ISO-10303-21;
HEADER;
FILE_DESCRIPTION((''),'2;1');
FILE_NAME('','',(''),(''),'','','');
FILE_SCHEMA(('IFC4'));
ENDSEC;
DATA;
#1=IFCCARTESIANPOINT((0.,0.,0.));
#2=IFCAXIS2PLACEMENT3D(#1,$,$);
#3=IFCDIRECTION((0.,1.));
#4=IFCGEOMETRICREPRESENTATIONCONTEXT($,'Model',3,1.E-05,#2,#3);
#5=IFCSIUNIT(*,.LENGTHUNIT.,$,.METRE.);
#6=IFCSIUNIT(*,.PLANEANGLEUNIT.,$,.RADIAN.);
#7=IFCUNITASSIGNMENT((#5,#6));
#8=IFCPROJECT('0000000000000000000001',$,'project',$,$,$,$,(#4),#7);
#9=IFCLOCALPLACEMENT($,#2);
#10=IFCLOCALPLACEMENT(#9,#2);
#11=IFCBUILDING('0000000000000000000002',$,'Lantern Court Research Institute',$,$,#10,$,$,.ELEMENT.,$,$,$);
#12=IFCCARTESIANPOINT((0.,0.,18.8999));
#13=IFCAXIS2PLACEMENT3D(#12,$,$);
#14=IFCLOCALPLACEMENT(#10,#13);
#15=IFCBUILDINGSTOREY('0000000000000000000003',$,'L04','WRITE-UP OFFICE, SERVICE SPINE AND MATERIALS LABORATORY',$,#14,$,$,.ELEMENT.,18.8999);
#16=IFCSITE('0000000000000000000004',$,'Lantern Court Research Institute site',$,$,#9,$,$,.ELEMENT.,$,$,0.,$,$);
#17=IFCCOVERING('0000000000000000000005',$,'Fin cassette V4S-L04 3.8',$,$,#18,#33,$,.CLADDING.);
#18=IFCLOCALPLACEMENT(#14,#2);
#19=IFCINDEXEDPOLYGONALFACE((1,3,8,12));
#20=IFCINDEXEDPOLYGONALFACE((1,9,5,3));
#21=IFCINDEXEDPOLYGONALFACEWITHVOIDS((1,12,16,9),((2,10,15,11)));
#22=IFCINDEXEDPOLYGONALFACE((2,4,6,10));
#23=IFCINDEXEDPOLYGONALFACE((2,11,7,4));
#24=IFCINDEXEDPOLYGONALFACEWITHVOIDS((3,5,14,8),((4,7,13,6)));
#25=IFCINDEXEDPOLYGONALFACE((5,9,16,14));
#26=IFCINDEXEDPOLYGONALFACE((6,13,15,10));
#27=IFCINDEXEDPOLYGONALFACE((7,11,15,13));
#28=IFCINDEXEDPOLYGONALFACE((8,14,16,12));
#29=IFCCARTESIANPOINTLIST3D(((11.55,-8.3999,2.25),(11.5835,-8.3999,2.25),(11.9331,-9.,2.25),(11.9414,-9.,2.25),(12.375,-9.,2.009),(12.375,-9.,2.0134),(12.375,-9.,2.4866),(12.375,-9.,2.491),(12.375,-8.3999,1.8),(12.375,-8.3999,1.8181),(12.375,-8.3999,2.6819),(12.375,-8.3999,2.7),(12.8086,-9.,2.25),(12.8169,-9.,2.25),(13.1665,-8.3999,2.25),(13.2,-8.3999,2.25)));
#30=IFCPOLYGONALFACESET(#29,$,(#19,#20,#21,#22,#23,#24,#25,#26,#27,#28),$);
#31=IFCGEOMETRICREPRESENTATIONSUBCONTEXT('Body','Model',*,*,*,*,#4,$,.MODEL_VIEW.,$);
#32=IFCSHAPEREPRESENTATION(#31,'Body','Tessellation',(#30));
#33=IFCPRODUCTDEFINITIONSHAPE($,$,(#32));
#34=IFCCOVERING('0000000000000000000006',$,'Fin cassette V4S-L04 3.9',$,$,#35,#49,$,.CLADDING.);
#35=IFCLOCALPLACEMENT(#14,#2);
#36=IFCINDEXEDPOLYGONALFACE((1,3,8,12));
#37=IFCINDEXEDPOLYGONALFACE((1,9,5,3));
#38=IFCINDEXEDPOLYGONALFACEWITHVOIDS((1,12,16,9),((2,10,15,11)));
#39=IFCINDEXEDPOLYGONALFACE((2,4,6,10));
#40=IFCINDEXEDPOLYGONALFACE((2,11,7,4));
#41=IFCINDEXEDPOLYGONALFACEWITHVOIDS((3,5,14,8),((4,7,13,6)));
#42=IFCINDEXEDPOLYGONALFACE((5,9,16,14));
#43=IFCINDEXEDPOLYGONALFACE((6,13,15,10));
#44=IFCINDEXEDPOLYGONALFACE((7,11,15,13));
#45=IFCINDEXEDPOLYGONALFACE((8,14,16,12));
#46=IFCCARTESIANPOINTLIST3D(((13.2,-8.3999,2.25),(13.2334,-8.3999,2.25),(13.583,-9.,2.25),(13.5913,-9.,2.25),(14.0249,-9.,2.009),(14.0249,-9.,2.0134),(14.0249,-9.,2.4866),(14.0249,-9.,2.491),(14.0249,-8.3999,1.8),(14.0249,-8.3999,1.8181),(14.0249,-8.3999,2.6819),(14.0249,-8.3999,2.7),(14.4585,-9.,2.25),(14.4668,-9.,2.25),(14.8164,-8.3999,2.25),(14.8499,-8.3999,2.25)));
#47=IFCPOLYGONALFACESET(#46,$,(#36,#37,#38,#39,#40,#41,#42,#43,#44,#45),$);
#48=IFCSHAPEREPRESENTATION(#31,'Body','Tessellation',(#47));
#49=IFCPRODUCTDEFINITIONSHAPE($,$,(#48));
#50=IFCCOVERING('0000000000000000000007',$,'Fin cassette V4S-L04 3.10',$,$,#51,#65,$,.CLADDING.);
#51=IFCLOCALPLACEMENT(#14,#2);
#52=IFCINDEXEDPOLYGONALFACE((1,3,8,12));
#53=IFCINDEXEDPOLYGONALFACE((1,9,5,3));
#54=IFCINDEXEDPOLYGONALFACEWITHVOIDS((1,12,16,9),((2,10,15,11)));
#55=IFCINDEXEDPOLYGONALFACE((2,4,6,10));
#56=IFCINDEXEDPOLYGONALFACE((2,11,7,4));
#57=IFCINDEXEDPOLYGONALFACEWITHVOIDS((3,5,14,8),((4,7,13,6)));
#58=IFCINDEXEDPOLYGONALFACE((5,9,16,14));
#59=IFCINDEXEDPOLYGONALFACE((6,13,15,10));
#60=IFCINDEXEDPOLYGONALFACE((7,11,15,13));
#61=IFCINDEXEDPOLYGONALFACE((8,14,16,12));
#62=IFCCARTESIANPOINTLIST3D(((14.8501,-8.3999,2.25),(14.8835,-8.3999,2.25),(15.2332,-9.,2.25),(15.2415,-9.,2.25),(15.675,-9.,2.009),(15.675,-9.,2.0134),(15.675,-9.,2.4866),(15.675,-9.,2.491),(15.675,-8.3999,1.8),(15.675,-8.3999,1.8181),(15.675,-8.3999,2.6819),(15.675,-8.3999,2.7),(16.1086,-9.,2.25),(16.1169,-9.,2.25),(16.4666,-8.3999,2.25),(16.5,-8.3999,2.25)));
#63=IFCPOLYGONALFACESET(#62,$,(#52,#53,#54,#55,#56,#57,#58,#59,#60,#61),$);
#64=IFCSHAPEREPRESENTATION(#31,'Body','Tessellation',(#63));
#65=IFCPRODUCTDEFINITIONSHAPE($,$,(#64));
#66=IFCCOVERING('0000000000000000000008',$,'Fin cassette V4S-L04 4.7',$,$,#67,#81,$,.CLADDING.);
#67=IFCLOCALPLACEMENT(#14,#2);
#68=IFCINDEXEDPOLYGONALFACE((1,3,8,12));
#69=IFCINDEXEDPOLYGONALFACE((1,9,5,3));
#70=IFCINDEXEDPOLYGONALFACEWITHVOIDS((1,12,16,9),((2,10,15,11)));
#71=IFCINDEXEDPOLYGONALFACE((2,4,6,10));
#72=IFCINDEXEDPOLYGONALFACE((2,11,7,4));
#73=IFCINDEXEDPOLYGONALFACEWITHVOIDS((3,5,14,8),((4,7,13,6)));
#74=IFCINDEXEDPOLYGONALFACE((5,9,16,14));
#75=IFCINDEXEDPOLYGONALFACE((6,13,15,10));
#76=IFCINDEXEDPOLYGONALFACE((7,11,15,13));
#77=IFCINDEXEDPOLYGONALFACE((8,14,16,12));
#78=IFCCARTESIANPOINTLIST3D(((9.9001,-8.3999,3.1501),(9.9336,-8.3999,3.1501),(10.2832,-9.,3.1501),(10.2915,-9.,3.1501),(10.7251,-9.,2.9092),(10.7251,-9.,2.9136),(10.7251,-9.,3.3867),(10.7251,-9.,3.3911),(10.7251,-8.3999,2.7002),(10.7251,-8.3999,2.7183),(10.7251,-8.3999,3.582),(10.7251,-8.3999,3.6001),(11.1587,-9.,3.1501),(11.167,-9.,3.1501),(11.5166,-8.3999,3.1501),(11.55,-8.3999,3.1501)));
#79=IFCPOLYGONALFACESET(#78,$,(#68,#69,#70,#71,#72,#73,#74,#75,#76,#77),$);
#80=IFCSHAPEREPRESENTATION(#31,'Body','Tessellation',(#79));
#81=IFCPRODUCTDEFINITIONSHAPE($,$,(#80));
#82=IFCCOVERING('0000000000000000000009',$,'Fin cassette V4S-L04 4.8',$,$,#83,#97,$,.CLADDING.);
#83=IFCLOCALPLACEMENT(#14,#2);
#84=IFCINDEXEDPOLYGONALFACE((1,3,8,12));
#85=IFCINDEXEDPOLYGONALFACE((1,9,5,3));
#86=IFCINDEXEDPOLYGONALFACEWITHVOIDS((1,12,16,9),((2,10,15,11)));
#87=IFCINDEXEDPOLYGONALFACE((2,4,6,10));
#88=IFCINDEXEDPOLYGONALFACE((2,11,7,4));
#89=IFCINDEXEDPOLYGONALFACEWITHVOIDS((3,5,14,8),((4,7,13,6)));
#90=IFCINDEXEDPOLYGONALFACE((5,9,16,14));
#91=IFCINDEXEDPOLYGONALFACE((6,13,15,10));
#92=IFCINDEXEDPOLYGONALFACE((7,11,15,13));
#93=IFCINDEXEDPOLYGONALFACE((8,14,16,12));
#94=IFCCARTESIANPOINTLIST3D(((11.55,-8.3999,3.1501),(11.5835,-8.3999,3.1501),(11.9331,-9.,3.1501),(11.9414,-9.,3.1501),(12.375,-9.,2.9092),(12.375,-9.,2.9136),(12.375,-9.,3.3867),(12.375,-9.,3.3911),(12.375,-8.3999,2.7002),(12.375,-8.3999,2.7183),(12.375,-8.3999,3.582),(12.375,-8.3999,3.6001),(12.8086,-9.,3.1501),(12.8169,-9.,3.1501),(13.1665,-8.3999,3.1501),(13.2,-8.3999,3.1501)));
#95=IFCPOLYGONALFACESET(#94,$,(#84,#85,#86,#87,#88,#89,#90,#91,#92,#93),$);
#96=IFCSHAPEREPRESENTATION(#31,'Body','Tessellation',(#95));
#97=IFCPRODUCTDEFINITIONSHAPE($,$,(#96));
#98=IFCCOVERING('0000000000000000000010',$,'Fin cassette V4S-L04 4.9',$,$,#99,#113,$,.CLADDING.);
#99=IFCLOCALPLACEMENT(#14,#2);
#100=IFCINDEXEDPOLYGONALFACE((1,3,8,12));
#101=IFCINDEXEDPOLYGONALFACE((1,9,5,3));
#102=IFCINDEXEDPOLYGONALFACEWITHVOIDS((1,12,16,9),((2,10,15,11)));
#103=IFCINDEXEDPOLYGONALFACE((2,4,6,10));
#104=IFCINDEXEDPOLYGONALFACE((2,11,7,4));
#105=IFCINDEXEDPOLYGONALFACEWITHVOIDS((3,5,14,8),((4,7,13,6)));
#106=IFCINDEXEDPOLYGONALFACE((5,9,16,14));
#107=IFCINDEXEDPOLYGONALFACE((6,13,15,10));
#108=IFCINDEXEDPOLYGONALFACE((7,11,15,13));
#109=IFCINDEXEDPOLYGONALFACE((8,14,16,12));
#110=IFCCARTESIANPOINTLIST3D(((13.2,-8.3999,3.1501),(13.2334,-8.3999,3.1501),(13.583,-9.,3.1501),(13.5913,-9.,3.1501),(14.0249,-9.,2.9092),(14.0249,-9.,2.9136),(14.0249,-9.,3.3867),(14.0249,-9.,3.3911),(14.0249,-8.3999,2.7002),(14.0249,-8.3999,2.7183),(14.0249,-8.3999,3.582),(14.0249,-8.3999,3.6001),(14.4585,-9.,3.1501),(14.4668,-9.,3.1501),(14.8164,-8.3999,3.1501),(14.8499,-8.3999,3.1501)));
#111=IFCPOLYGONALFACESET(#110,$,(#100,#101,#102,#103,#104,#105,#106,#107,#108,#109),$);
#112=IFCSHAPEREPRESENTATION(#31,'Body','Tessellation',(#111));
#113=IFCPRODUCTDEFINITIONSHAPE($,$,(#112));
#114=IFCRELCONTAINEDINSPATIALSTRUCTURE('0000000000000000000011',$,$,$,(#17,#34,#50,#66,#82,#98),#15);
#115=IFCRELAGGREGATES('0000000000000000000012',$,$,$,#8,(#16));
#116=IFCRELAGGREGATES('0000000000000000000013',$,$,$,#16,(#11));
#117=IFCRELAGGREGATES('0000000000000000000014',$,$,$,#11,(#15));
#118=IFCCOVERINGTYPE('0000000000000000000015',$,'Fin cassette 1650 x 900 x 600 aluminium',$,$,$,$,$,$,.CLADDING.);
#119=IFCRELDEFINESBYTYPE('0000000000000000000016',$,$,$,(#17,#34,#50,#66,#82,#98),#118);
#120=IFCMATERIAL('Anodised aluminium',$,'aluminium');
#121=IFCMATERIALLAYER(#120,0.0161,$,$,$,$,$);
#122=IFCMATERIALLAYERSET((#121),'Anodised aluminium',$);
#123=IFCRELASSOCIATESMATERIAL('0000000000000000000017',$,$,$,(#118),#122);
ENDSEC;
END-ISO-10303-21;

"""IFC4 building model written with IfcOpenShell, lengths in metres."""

from ifc_helpers import new_model, entity, si_unit, direction, frame, origin, place, context, subcontext, project, spatial, material, layer, layer_set, type_object, element, save


model = new_model("IFC4")

# Units and contexts
model_context = context("Model", 3, precision=1e-05, world=origin(), true_north=direction((0.0, 1.0)))
body_context = subcontext(model_context, "Body", "Model", "MODEL_VIEW")
ifc_project = project(units=[si_unit("LENGTHUNIT", "METRE"), si_unit("PLANEANGLEUNIT", "RADIAN")], contexts=[model_context])

# Site, building, storey
site_placement = place(None, origin())
site = spatial("IfcSite", under=ifc_project, at=site_placement, Name="Lantern Court Research Institute site", CompositionType="ELEMENT", RefElevation=0.0)
building_placement = place(site_placement, origin())
building = spatial("IfcBuilding", under=site, at=building_placement, Name="Lantern Court Research Institute", CompositionType="ELEMENT")
storey_placement = place(building_placement, frame((0.0, 0.0, 18.8999)))
storey = spatial("IfcBuildingStorey", under=building, at=storey_placement, Name="L04", Description="WRITE-UP OFFICE, SERVICE SPINE AND MATERIALS LABORATORY", CompositionType="ELEMENT", Elevation=18.8999)

# Coverings
ifc_material_1 = material(Name="Anodised aluminium", Category="aluminium")
ifc_layer_1 = layer(ifc_material_1, 0.0161)
ifc_layer_set_1 = layer_set([ifc_layer_1], Name="Anodised aluminium")
covering_type = type_object("IfcCoveringType", Name="Fin cassette 1650 x 900 x 600 aluminium", PredefinedType="CLADDING", material=ifc_layer_set_1)
covering_1_placement = place(storey_placement, frame((12.375, -8.3999, 2.25), z_axis=(0.0, -1.0, 0.0), x_axis=(1.0, 0.0, 0.0)))
cartesian_point_1 = entity("IfcCartesianPoint", [0.825, 0.0])
cartesian_point_2 = entity("IfcCartesianPoint", [0.7915, 0.0])
cartesian_point_3 = entity("IfcCartesianPoint", [0.4419, 0.0])
cartesian_point_4 = entity("IfcCartesianPoint", [0.4336, 0.0])
element("IfcCovering", 1, at=covering_1_placement, inside=storey, type_object=covering_type, Name="Fin cassette V4S-L04 3.8", PredefinedType="CLADDING", context=body_context, shape_type="SweptSolid", body=[
    entity("IfcExtrudedAreaSolidTapered", entity("IfcArbitraryProfileDefWithVoids", "AREA", None, entity("IfcPolyline", [cartesian_point_1, entity("IfcCartesianPoint", [0.0, 0.45]), entity("IfcCartesianPoint", [-0.825, 0.0]), entity("IfcCartesianPoint", [0.0, -0.45]), cartesian_point_1]), [entity("IfcPolyline", [cartesian_point_2, entity("IfcCartesianPoint", [0.0, 0.4319]), entity("IfcCartesianPoint", [-0.7915, 0.0]), entity("IfcCartesianPoint", [0.0, -0.4319]), cartesian_point_2])]), entity("IfcAxis2Placement3D", entity("IfcCartesianPoint", [0.0, 0.0, 0.0])), entity("IfcDirection", [0.0, 0.0, 1.0]), 0.6001, entity("IfcArbitraryProfileDefWithVoids", "AREA", None, entity("IfcPolyline", [cartesian_point_3, entity("IfcCartesianPoint", [0.0, 0.241]), entity("IfcCartesianPoint", [-0.4419, 0.0]), entity("IfcCartesianPoint", [0.0, -0.241]), cartesian_point_3]), [entity("IfcPolyline", [cartesian_point_4, entity("IfcCartesianPoint", [0.0, 0.2366]), entity("IfcCartesianPoint", [-0.4336, 0.0]), entity("IfcCartesianPoint", [0.0, -0.2366]), cartesian_point_4])])),
])
covering_2_placement = place(storey_placement, frame((14.0249, -8.3999, 2.25), z_axis=(0.0, -1.0, 0.0), x_axis=(1.0, 0.0, 0.0)))
cartesian_point_5 = entity("IfcCartesianPoint", [0.825, 0.0])
cartesian_point_6 = entity("IfcCartesianPoint", [0.7915, 0.0])
cartesian_point_7 = entity("IfcCartesianPoint", [0.4419, 0.0])
cartesian_point_8 = entity("IfcCartesianPoint", [0.4336, 0.0])
element("IfcCovering", 2, at=covering_2_placement, inside=storey, type_object=covering_type, Name="Fin cassette V4S-L04 3.9", PredefinedType="CLADDING", context=body_context, shape_type="SweptSolid", body=[
    entity("IfcExtrudedAreaSolidTapered", entity("IfcArbitraryProfileDefWithVoids", "AREA", None, entity("IfcPolyline", [cartesian_point_5, entity("IfcCartesianPoint", [0.0, 0.45]), entity("IfcCartesianPoint", [-0.825, 0.0]), entity("IfcCartesianPoint", [0.0, -0.45]), cartesian_point_5]), [entity("IfcPolyline", [cartesian_point_6, entity("IfcCartesianPoint", [0.0, 0.4319]), entity("IfcCartesianPoint", [-0.7915, 0.0]), entity("IfcCartesianPoint", [0.0, -0.4319]), cartesian_point_6])]), entity("IfcAxis2Placement3D", entity("IfcCartesianPoint", [0.0, 0.0, 0.0])), entity("IfcDirection", [0.0, 0.0, 1.0]), 0.6001, entity("IfcArbitraryProfileDefWithVoids", "AREA", None, entity("IfcPolyline", [cartesian_point_7, entity("IfcCartesianPoint", [0.0, 0.241]), entity("IfcCartesianPoint", [-0.4419, 0.0]), entity("IfcCartesianPoint", [0.0, -0.241]), cartesian_point_7]), [entity("IfcPolyline", [cartesian_point_8, entity("IfcCartesianPoint", [0.0, 0.2366]), entity("IfcCartesianPoint", [-0.4336, 0.0]), entity("IfcCartesianPoint", [0.0, -0.2366]), cartesian_point_8])])),
])
covering_3_placement = place(storey_placement, frame((15.675, -8.3999, 2.25), z_axis=(0.0, -1.0, 0.0), x_axis=(1.0, 0.0, 0.0)))
cartesian_point_9 = entity("IfcCartesianPoint", [0.825, 0.0])
cartesian_point_10 = entity("IfcCartesianPoint", [0.7915, 0.0])
cartesian_point_11 = entity("IfcCartesianPoint", [0.4419, 0.0])
cartesian_point_12 = entity("IfcCartesianPoint", [0.4336, 0.0])
element("IfcCovering", 3, at=covering_3_placement, inside=storey, type_object=covering_type, Name="Fin cassette V4S-L04 3.10", PredefinedType="CLADDING", context=body_context, shape_type="SweptSolid", body=[
    entity("IfcExtrudedAreaSolidTapered", entity("IfcArbitraryProfileDefWithVoids", "AREA", None, entity("IfcPolyline", [cartesian_point_9, entity("IfcCartesianPoint", [0.0, 0.45]), entity("IfcCartesianPoint", [-0.825, 0.0]), entity("IfcCartesianPoint", [0.0, -0.45]), cartesian_point_9]), [entity("IfcPolyline", [cartesian_point_10, entity("IfcCartesianPoint", [0.0, 0.4319]), entity("IfcCartesianPoint", [-0.7915, 0.0]), entity("IfcCartesianPoint", [0.0, -0.4319]), cartesian_point_10])]), entity("IfcAxis2Placement3D", entity("IfcCartesianPoint", [0.0, 0.0, 0.0])), entity("IfcDirection", [0.0, 0.0, 1.0]), 0.6001, entity("IfcArbitraryProfileDefWithVoids", "AREA", None, entity("IfcPolyline", [cartesian_point_11, entity("IfcCartesianPoint", [0.0, 0.241]), entity("IfcCartesianPoint", [-0.4419, 0.0]), entity("IfcCartesianPoint", [0.0, -0.241]), cartesian_point_11]), [entity("IfcPolyline", [cartesian_point_12, entity("IfcCartesianPoint", [0.0, 0.2366]), entity("IfcCartesianPoint", [-0.4336, 0.0]), entity("IfcCartesianPoint", [0.0, -0.2366]), cartesian_point_12])])),
])
covering_4_placement = place(storey_placement, frame((10.7251, -8.3999, 3.1501), z_axis=(0.0, -1.0, 0.0), x_axis=(1.0, 0.0, 0.0)))
cartesian_point_13 = entity("IfcCartesianPoint", [0.825, 0.0])
cartesian_point_14 = entity("IfcCartesianPoint", [0.7915, 0.0])
cartesian_point_15 = entity("IfcCartesianPoint", [0.4419, 0.0])
cartesian_point_16 = entity("IfcCartesianPoint", [0.4336, 0.0])
element("IfcCovering", 4, at=covering_4_placement, inside=storey, type_object=covering_type, Name="Fin cassette V4S-L04 4.7", PredefinedType="CLADDING", context=body_context, shape_type="SweptSolid", body=[
    entity("IfcExtrudedAreaSolidTapered", entity("IfcArbitraryProfileDefWithVoids", "AREA", None, entity("IfcPolyline", [cartesian_point_13, entity("IfcCartesianPoint", [0.0, 0.45]), entity("IfcCartesianPoint", [-0.825, 0.0]), entity("IfcCartesianPoint", [0.0, -0.45]), cartesian_point_13]), [entity("IfcPolyline", [cartesian_point_14, entity("IfcCartesianPoint", [0.0, 0.4319]), entity("IfcCartesianPoint", [-0.7915, 0.0]), entity("IfcCartesianPoint", [0.0, -0.4319]), cartesian_point_14])]), entity("IfcAxis2Placement3D", entity("IfcCartesianPoint", [0.0, 0.0, 0.0])), entity("IfcDirection", [0.0, 0.0, 1.0]), 0.6001, entity("IfcArbitraryProfileDefWithVoids", "AREA", None, entity("IfcPolyline", [cartesian_point_15, entity("IfcCartesianPoint", [0.0, 0.241]), entity("IfcCartesianPoint", [-0.4419, 0.0]), entity("IfcCartesianPoint", [0.0, -0.241]), cartesian_point_15]), [entity("IfcPolyline", [cartesian_point_16, entity("IfcCartesianPoint", [0.0, 0.2366]), entity("IfcCartesianPoint", [-0.4336, 0.0]), entity("IfcCartesianPoint", [0.0, -0.2366]), cartesian_point_16])])),
])
covering_5_placement = place(storey_placement, frame((12.375, -8.3999, 3.1501), z_axis=(0.0, -1.0, 0.0), x_axis=(1.0, 0.0, 0.0)))
cartesian_point_17 = entity("IfcCartesianPoint", [0.825, 0.0])
cartesian_point_18 = entity("IfcCartesianPoint", [0.7915, 0.0])
cartesian_point_19 = entity("IfcCartesianPoint", [0.4419, 0.0])
cartesian_point_20 = entity("IfcCartesianPoint", [0.4336, 0.0])
element("IfcCovering", 5, at=covering_5_placement, inside=storey, type_object=covering_type, Name="Fin cassette V4S-L04 4.8", PredefinedType="CLADDING", context=body_context, shape_type="SweptSolid", body=[
    entity("IfcExtrudedAreaSolidTapered", entity("IfcArbitraryProfileDefWithVoids", "AREA", None, entity("IfcPolyline", [cartesian_point_17, entity("IfcCartesianPoint", [0.0, 0.45]), entity("IfcCartesianPoint", [-0.825, 0.0]), entity("IfcCartesianPoint", [0.0, -0.45]), cartesian_point_17]), [entity("IfcPolyline", [cartesian_point_18, entity("IfcCartesianPoint", [0.0, 0.4319]), entity("IfcCartesianPoint", [-0.7915, 0.0]), entity("IfcCartesianPoint", [0.0, -0.4319]), cartesian_point_18])]), entity("IfcAxis2Placement3D", entity("IfcCartesianPoint", [0.0, 0.0, 0.0])), entity("IfcDirection", [0.0, 0.0, 1.0]), 0.6001, entity("IfcArbitraryProfileDefWithVoids", "AREA", None, entity("IfcPolyline", [cartesian_point_19, entity("IfcCartesianPoint", [0.0, 0.241]), entity("IfcCartesianPoint", [-0.4419, 0.0]), entity("IfcCartesianPoint", [0.0, -0.241]), cartesian_point_19]), [entity("IfcPolyline", [cartesian_point_20, entity("IfcCartesianPoint", [0.0, 0.2366]), entity("IfcCartesianPoint", [-0.4336, 0.0]), entity("IfcCartesianPoint", [0.0, -0.2366]), cartesian_point_20])])),
])
covering_6_placement = place(storey_placement, frame((14.0249, -8.3999, 3.1501), z_axis=(0.0, -1.0, 0.0), x_axis=(1.0, 0.0, 0.0)))
cartesian_point_21 = entity("IfcCartesianPoint", [0.825, 0.0])
cartesian_point_22 = entity("IfcCartesianPoint", [0.7915, 0.0])
cartesian_point_23 = entity("IfcCartesianPoint", [0.4419, 0.0])
cartesian_point_24 = entity("IfcCartesianPoint", [0.4336, 0.0])
element("IfcCovering", 6, at=covering_6_placement, inside=storey, type_object=covering_type, Name="Fin cassette V4S-L04 4.9", PredefinedType="CLADDING", context=body_context, shape_type="SweptSolid", body=[
    entity("IfcExtrudedAreaSolidTapered", entity("IfcArbitraryProfileDefWithVoids", "AREA", None, entity("IfcPolyline", [cartesian_point_21, entity("IfcCartesianPoint", [0.0, 0.45]), entity("IfcCartesianPoint", [-0.825, 0.0]), entity("IfcCartesianPoint", [0.0, -0.45]), cartesian_point_21]), [entity("IfcPolyline", [cartesian_point_22, entity("IfcCartesianPoint", [0.0, 0.4319]), entity("IfcCartesianPoint", [-0.7915, 0.0]), entity("IfcCartesianPoint", [0.0, -0.4319]), cartesian_point_22])]), entity("IfcAxis2Placement3D", entity("IfcCartesianPoint", [0.0, 0.0, 0.0])), entity("IfcDirection", [0.0, 0.0, 1.0]), 0.6001, entity("IfcArbitraryProfileDefWithVoids", "AREA", None, entity("IfcPolyline", [cartesian_point_23, entity("IfcCartesianPoint", [0.0, 0.241]), entity("IfcCartesianPoint", [-0.4419, 0.0]), entity("IfcCartesianPoint", [0.0, -0.241]), cartesian_point_23]), [entity("IfcPolyline", [cartesian_point_24, entity("IfcCartesianPoint", [0.0, 0.2366]), entity("IfcCartesianPoint", [-0.4336, 0.0]), entity("IfcCartesianPoint", [0.0, -0.2366]), cartesian_point_24])])),
])

save(model, "model.ifc")
